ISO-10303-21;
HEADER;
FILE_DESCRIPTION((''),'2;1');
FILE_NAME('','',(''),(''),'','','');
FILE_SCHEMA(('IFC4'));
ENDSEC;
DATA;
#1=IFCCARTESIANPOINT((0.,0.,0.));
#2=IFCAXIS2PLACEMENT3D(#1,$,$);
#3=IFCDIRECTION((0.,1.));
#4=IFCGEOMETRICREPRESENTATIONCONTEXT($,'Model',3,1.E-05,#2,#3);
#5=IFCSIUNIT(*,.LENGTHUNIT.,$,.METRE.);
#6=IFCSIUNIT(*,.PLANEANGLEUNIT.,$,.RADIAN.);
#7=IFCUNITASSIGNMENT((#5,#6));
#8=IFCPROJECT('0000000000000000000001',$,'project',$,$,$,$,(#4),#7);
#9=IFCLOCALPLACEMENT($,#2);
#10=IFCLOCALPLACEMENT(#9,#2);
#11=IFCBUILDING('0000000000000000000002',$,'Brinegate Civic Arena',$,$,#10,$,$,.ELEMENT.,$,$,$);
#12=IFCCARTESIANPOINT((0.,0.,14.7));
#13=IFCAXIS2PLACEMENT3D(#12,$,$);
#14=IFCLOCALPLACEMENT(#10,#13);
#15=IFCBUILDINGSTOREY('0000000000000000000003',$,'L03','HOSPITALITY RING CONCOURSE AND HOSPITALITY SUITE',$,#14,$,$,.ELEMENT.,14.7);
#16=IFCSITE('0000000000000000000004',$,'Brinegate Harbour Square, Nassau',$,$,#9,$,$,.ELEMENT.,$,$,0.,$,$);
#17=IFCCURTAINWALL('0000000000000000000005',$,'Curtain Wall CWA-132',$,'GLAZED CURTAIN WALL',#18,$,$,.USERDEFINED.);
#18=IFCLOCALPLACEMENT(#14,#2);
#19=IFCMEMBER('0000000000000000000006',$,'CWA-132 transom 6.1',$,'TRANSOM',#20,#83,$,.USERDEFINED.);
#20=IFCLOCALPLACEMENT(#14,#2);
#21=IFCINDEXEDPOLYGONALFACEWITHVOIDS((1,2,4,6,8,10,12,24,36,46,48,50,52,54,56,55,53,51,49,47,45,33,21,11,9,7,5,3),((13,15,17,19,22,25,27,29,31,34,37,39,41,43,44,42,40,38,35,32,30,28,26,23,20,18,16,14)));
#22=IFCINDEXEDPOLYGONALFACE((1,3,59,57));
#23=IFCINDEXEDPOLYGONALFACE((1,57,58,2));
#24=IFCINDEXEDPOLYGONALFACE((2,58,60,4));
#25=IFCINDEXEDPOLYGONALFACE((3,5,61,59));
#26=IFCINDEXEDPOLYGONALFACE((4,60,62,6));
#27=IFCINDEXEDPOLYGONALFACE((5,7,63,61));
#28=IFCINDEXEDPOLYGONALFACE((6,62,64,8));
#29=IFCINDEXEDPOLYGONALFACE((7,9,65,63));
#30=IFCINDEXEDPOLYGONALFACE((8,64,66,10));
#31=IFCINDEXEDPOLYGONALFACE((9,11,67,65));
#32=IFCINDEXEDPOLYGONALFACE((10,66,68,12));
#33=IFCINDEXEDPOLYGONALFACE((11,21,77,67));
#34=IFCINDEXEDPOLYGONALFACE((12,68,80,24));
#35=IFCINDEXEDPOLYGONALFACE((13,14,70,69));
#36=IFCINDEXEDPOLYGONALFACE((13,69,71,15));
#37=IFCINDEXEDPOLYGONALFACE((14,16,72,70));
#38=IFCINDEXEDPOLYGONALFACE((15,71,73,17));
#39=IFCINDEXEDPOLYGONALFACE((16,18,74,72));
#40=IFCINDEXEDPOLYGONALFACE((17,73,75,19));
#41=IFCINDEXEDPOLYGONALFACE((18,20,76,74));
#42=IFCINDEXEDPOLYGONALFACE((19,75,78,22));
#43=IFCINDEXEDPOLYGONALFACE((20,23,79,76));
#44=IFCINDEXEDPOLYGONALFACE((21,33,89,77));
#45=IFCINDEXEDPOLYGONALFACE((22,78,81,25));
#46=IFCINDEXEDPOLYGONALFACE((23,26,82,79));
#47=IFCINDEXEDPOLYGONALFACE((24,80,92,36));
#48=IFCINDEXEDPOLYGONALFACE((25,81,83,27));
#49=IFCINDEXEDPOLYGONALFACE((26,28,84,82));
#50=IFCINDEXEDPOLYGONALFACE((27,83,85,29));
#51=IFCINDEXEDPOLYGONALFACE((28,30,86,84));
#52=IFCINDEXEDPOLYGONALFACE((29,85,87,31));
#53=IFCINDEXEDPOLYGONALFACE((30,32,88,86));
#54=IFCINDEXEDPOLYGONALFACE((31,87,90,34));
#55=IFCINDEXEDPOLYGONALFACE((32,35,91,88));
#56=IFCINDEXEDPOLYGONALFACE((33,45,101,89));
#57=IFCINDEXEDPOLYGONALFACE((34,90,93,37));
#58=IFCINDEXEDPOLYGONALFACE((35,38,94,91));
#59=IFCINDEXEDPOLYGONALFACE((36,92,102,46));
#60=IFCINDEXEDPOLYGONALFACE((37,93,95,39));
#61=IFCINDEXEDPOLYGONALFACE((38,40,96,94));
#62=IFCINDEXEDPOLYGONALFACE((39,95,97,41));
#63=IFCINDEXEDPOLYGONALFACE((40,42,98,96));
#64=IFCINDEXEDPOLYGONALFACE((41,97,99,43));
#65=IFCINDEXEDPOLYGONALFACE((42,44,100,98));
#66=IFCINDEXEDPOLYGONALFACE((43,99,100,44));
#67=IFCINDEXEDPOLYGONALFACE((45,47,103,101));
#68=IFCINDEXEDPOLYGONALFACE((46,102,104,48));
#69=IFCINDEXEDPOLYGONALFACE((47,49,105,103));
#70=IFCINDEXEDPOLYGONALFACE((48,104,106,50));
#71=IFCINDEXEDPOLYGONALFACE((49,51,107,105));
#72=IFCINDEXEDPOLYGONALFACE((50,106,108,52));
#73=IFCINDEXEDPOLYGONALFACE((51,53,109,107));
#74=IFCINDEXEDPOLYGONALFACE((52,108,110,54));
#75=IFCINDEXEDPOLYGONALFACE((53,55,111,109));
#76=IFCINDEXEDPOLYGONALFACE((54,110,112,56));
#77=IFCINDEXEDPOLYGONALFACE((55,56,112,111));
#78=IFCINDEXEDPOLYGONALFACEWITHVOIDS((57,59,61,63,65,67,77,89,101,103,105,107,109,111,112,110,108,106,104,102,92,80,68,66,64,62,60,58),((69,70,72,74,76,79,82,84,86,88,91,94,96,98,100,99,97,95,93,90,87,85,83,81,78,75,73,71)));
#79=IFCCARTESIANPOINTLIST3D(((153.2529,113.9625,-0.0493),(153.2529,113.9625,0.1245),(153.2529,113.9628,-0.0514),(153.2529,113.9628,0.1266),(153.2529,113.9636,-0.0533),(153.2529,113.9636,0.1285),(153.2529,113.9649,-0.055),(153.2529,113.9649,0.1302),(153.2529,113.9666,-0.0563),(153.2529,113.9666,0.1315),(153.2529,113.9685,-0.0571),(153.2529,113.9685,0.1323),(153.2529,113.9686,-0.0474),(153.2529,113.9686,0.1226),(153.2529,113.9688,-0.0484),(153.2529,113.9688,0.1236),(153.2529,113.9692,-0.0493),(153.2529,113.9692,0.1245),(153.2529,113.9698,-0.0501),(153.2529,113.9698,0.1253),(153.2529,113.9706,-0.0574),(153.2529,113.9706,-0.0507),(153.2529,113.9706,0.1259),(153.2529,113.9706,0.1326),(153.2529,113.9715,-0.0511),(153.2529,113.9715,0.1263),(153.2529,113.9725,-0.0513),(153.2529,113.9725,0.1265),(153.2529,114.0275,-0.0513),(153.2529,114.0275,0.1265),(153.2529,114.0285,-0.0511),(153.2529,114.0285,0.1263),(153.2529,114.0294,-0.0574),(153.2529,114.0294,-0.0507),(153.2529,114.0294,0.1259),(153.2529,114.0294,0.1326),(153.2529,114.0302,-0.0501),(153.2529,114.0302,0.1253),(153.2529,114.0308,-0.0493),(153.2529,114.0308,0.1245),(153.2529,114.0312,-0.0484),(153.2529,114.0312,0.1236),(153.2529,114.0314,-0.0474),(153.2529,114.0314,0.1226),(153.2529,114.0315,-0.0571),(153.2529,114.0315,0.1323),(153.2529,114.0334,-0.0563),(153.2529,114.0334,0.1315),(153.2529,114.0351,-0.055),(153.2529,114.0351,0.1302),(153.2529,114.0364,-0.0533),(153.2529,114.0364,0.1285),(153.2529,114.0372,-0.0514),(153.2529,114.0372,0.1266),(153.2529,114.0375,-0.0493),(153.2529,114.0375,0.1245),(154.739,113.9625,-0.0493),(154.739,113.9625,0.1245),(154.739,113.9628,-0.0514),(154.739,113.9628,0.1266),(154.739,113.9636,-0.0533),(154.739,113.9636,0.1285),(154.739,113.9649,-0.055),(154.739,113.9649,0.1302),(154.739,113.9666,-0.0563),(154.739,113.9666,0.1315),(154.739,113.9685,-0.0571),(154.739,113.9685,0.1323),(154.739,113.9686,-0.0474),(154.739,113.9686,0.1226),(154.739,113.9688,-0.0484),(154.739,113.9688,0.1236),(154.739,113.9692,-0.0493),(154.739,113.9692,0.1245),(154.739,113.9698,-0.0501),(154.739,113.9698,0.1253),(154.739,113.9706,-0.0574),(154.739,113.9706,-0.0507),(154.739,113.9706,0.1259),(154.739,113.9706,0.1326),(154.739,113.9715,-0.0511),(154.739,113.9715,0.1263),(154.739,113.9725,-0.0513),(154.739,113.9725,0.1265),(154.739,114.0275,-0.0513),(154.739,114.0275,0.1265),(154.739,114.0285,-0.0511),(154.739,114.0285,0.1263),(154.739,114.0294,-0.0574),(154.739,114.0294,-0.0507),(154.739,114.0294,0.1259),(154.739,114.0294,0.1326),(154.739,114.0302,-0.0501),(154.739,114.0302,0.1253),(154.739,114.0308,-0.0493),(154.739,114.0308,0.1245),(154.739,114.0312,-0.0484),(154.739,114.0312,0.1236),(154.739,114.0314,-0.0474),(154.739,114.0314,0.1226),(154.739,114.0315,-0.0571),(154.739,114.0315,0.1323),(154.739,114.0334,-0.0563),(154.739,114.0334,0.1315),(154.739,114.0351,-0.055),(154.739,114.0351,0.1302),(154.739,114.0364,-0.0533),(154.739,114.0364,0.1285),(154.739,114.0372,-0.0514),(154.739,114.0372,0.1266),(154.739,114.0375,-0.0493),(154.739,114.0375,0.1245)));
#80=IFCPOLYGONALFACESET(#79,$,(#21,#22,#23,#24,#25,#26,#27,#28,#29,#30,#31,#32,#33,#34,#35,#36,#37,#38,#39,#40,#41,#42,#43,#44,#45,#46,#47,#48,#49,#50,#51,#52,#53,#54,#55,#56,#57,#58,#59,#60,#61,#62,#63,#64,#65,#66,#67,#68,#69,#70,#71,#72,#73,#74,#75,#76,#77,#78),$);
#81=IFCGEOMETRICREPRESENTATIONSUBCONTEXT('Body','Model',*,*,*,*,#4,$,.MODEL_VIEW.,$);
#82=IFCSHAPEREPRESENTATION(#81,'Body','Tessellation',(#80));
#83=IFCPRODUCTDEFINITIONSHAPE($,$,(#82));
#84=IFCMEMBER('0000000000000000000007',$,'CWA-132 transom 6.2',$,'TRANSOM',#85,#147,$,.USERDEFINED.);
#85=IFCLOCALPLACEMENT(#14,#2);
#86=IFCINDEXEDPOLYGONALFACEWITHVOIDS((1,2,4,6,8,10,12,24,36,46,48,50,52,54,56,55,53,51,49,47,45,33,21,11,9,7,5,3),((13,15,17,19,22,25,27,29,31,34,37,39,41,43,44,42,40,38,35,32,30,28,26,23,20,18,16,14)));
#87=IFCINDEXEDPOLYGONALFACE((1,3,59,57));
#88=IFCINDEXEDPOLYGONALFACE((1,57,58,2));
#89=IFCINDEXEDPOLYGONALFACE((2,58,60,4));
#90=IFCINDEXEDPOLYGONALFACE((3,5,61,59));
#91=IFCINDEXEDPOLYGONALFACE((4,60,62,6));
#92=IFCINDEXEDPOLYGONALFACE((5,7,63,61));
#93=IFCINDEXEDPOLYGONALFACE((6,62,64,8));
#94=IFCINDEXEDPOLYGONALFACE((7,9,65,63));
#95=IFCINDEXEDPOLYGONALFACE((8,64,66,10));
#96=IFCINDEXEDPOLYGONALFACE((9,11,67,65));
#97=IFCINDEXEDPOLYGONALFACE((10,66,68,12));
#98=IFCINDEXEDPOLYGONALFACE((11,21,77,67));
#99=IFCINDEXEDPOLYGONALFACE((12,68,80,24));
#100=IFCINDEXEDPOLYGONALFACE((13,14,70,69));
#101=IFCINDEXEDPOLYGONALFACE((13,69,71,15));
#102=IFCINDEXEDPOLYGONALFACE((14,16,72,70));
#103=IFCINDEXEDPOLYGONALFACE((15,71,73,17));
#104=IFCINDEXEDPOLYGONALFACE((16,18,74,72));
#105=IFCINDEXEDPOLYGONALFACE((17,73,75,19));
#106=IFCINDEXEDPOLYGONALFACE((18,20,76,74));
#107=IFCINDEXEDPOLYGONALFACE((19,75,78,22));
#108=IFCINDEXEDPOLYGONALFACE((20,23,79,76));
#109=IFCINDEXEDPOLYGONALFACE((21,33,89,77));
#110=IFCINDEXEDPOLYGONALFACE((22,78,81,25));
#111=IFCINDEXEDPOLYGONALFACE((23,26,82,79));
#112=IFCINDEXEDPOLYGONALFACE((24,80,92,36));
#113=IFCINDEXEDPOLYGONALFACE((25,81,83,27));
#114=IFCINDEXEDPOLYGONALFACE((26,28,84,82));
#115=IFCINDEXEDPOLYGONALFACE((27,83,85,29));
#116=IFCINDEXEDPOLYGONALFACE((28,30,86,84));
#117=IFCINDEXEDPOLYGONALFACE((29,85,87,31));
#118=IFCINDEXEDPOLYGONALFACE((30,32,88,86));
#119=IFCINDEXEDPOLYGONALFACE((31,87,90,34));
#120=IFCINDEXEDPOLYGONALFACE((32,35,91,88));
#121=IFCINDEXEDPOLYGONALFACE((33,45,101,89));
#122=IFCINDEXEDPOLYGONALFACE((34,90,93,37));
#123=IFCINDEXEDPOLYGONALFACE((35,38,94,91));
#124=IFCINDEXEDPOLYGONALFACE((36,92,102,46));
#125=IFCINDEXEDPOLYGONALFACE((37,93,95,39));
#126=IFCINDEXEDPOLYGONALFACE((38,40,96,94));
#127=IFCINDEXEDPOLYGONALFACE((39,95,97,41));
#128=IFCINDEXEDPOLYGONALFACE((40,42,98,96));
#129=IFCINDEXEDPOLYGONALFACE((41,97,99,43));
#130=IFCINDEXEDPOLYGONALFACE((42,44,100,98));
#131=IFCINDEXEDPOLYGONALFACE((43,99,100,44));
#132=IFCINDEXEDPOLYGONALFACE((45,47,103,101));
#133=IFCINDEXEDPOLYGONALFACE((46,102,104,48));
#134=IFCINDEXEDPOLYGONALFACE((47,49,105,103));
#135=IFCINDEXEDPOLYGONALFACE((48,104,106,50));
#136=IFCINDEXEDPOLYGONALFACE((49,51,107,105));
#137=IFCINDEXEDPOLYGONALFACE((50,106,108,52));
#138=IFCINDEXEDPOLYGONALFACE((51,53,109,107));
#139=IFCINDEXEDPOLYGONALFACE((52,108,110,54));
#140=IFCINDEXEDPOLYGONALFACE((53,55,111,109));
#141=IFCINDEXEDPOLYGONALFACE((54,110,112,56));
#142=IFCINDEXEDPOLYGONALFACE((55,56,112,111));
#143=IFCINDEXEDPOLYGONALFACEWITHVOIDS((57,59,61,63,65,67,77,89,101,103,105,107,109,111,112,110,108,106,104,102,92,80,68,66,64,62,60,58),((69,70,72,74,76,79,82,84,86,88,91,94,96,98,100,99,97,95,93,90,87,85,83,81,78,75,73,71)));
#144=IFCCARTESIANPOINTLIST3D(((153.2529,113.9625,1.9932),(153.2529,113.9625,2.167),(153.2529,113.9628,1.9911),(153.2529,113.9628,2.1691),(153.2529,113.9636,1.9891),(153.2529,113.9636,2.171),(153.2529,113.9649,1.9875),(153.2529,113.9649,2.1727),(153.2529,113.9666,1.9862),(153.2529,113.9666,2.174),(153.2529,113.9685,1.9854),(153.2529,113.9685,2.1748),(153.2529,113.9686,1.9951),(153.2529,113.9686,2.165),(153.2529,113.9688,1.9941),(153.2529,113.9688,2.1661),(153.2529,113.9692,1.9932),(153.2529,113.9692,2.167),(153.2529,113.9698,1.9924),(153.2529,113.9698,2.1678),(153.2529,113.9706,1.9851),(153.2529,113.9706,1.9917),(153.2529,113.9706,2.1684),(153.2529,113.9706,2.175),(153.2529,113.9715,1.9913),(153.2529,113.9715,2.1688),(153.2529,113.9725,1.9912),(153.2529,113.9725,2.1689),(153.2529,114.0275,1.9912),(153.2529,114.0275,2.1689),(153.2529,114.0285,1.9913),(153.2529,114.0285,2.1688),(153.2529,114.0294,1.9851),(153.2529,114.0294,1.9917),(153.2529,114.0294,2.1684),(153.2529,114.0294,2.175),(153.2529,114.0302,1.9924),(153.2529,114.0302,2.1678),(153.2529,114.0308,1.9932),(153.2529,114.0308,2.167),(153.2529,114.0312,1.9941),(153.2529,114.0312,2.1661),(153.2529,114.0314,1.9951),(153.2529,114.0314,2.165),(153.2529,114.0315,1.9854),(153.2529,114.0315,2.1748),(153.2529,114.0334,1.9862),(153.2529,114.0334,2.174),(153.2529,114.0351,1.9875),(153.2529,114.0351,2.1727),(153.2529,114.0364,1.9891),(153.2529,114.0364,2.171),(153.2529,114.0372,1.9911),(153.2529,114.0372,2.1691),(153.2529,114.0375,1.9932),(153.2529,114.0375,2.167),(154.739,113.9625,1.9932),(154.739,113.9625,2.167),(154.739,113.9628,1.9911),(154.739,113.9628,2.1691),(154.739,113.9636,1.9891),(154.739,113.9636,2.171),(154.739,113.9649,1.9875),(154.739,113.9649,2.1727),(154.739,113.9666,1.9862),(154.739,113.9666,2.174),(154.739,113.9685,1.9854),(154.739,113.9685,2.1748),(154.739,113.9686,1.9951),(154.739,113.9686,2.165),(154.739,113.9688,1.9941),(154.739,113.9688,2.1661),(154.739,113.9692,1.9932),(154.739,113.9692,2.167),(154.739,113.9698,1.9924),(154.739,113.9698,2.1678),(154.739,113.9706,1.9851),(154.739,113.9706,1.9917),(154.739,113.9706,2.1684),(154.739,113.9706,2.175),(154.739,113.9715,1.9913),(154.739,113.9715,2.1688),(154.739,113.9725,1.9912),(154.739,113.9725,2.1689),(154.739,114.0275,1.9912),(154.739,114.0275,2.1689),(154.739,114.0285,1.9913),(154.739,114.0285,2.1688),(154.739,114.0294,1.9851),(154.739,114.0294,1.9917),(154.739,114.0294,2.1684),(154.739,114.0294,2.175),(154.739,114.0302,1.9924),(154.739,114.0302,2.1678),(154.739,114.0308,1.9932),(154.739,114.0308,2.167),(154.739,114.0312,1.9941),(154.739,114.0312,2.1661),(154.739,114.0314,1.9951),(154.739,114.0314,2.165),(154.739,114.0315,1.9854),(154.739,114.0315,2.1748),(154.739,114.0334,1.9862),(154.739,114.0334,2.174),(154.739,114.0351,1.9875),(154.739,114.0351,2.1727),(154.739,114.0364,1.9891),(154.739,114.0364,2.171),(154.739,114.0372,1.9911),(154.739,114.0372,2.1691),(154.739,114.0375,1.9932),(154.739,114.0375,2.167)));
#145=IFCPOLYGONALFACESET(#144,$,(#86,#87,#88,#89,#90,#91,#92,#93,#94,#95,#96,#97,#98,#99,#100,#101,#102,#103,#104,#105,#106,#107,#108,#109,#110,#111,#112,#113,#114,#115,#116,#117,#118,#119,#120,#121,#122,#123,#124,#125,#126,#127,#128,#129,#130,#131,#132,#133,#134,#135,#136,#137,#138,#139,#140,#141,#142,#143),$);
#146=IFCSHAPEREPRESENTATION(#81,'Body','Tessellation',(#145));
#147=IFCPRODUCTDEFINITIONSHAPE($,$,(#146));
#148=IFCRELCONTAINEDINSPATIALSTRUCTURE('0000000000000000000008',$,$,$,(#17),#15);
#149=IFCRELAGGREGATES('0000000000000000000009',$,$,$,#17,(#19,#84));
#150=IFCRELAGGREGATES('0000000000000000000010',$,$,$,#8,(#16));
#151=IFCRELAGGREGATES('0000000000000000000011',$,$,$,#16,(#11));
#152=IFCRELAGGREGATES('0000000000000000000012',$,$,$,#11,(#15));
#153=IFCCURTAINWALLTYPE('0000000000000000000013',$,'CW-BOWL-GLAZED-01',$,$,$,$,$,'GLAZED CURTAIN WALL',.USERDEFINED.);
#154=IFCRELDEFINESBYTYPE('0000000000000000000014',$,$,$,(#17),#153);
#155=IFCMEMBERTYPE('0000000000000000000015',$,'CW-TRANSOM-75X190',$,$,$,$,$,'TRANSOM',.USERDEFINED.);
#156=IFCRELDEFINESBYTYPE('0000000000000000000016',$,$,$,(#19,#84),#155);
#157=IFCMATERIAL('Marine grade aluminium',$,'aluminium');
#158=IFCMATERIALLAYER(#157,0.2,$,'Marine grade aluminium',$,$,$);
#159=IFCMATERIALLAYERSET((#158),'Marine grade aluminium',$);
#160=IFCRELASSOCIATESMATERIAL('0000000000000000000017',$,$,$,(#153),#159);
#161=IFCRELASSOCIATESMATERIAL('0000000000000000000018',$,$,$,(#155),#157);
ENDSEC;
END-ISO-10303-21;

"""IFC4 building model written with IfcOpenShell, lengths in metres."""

from ifc_helpers import new_model, si_unit, direction, frame, origin, origin_2d, place, context, subcontext, project, spatial, hollow_rectangle, extrude, material, layer, layer_set, material_profile, profile_set, type_object, element, aggregate, save


model = new_model("IFC4")

# Units and contexts
model_context = context("Model", 3, precision=1e-05, world=origin(), true_north=direction((0.0, 1.0)))
body_context = subcontext(model_context, "Body", "Model", "MODEL_VIEW")
ifc_project = project(units=[si_unit("LENGTHUNIT", "METRE"), si_unit("PLANEANGLEUNIT", "RADIAN")], contexts=[model_context])

# Site, building, storey
site_placement = place(None, origin())
site = spatial("IfcSite", under=ifc_project, at=site_placement, Name="Brinegate Harbour Square, Nassau", CompositionType="ELEMENT", RefElevation=0.0)
building_placement = place(site_placement, origin())
building = spatial("IfcBuilding", under=site, at=building_placement, Name="Brinegate Civic Arena", CompositionType="ELEMENT")
storey_placement = place(building_placement, frame((0.0, 0.0, 14.7)))
storey = spatial("IfcBuildingStorey", under=building, at=storey_placement, Name="L03", Description="HOSPITALITY RING CONCOURSE AND HOSPITALITY SUITE", CompositionType="ELEMENT", Elevation=14.7)

# Curtain wall, members
ifc_material_1 = material(Name="Marine grade aluminium", Category="aluminium")
ifc_layer_1 = layer(ifc_material_1, 0.2, Name="Marine grade aluminium")
ifc_layer_set_1 = layer_set([ifc_layer_1], Name="Marine grade aluminium")
curtain_wall_type = type_object("IfcCurtainWallType", Name="CW-BOWL-GLAZED-01", ElementType="GLAZED CURTAIN WALL", PredefinedType="USERDEFINED", material=ifc_layer_set_1)
curtain_wall_placement = place(storey_placement, origin())
curtain_wall = element("IfcCurtainWall", 1, at=curtain_wall_placement, inside=storey, type_object=curtain_wall_type, Name="Curtain Wall CWA-132", ObjectType="GLAZED CURTAIN WALL", PredefinedType="USERDEFINED")
ifc_material_profile_1 = material_profile(ifc_material_1, hollow_rectangle(XDim=0.075, YDim=0.1899, WallThickness=0.0061, InnerFilletRadius=0.0039, OuterFilletRadius=0.0081, at=origin_2d()), Name="TRN75X190")
ifc_profile_set_1 = profile_set([ifc_material_profile_1], Name="Marine grade aluminium")
member_type_1 = type_object("IfcMemberType", Name="CW-TRANSOM-75X190", ElementType="TRANSOM", PredefinedType="USERDEFINED", material=ifc_profile_set_1)
member_1_placement = place(storey_placement, frame((153.2529, 114.0, 0.0376), z_axis=(1.0, 0.0, 0.0), x_axis=(0.0, 1.0, 0.0)))
member_1 = element("IfcMember", 2, at=member_1_placement, type_object=member_type_1, Name="CWA-132 transom 6.1", ObjectType="TRANSOM", PredefinedType="USERDEFINED", context=body_context, shape_type="SweptSolid", body=[
    extrude(hollow_rectangle(XDim=0.075, YDim=0.1899, WallThickness=0.0061, InnerFilletRadius=0.0039, OuterFilletRadius=0.0081, at=origin_2d()), origin(), (0.0, 0.0, 1.0), 1.4861),
])
member_2_placement = place(storey_placement, frame((153.2529, 114.0, 2.0801), z_axis=(1.0, 0.0, 0.0), x_axis=(0.0, 1.0, 0.0)))
member_2 = element("IfcMember", 3, at=member_2_placement, type_object=member_type_1, Name="CWA-132 transom 6.2", ObjectType="TRANSOM", PredefinedType="USERDEFINED", context=body_context, shape_type="SweptSolid", body=[
    extrude(hollow_rectangle(XDim=0.075, YDim=0.1899, WallThickness=0.0061, InnerFilletRadius=0.0039, OuterFilletRadius=0.0081, at=origin_2d()), origin(), (0.0, 0.0, 1.0), 1.4861),
])

aggregate(curtain_wall, [member_1, member_2])

save(model, "model.ifc")
